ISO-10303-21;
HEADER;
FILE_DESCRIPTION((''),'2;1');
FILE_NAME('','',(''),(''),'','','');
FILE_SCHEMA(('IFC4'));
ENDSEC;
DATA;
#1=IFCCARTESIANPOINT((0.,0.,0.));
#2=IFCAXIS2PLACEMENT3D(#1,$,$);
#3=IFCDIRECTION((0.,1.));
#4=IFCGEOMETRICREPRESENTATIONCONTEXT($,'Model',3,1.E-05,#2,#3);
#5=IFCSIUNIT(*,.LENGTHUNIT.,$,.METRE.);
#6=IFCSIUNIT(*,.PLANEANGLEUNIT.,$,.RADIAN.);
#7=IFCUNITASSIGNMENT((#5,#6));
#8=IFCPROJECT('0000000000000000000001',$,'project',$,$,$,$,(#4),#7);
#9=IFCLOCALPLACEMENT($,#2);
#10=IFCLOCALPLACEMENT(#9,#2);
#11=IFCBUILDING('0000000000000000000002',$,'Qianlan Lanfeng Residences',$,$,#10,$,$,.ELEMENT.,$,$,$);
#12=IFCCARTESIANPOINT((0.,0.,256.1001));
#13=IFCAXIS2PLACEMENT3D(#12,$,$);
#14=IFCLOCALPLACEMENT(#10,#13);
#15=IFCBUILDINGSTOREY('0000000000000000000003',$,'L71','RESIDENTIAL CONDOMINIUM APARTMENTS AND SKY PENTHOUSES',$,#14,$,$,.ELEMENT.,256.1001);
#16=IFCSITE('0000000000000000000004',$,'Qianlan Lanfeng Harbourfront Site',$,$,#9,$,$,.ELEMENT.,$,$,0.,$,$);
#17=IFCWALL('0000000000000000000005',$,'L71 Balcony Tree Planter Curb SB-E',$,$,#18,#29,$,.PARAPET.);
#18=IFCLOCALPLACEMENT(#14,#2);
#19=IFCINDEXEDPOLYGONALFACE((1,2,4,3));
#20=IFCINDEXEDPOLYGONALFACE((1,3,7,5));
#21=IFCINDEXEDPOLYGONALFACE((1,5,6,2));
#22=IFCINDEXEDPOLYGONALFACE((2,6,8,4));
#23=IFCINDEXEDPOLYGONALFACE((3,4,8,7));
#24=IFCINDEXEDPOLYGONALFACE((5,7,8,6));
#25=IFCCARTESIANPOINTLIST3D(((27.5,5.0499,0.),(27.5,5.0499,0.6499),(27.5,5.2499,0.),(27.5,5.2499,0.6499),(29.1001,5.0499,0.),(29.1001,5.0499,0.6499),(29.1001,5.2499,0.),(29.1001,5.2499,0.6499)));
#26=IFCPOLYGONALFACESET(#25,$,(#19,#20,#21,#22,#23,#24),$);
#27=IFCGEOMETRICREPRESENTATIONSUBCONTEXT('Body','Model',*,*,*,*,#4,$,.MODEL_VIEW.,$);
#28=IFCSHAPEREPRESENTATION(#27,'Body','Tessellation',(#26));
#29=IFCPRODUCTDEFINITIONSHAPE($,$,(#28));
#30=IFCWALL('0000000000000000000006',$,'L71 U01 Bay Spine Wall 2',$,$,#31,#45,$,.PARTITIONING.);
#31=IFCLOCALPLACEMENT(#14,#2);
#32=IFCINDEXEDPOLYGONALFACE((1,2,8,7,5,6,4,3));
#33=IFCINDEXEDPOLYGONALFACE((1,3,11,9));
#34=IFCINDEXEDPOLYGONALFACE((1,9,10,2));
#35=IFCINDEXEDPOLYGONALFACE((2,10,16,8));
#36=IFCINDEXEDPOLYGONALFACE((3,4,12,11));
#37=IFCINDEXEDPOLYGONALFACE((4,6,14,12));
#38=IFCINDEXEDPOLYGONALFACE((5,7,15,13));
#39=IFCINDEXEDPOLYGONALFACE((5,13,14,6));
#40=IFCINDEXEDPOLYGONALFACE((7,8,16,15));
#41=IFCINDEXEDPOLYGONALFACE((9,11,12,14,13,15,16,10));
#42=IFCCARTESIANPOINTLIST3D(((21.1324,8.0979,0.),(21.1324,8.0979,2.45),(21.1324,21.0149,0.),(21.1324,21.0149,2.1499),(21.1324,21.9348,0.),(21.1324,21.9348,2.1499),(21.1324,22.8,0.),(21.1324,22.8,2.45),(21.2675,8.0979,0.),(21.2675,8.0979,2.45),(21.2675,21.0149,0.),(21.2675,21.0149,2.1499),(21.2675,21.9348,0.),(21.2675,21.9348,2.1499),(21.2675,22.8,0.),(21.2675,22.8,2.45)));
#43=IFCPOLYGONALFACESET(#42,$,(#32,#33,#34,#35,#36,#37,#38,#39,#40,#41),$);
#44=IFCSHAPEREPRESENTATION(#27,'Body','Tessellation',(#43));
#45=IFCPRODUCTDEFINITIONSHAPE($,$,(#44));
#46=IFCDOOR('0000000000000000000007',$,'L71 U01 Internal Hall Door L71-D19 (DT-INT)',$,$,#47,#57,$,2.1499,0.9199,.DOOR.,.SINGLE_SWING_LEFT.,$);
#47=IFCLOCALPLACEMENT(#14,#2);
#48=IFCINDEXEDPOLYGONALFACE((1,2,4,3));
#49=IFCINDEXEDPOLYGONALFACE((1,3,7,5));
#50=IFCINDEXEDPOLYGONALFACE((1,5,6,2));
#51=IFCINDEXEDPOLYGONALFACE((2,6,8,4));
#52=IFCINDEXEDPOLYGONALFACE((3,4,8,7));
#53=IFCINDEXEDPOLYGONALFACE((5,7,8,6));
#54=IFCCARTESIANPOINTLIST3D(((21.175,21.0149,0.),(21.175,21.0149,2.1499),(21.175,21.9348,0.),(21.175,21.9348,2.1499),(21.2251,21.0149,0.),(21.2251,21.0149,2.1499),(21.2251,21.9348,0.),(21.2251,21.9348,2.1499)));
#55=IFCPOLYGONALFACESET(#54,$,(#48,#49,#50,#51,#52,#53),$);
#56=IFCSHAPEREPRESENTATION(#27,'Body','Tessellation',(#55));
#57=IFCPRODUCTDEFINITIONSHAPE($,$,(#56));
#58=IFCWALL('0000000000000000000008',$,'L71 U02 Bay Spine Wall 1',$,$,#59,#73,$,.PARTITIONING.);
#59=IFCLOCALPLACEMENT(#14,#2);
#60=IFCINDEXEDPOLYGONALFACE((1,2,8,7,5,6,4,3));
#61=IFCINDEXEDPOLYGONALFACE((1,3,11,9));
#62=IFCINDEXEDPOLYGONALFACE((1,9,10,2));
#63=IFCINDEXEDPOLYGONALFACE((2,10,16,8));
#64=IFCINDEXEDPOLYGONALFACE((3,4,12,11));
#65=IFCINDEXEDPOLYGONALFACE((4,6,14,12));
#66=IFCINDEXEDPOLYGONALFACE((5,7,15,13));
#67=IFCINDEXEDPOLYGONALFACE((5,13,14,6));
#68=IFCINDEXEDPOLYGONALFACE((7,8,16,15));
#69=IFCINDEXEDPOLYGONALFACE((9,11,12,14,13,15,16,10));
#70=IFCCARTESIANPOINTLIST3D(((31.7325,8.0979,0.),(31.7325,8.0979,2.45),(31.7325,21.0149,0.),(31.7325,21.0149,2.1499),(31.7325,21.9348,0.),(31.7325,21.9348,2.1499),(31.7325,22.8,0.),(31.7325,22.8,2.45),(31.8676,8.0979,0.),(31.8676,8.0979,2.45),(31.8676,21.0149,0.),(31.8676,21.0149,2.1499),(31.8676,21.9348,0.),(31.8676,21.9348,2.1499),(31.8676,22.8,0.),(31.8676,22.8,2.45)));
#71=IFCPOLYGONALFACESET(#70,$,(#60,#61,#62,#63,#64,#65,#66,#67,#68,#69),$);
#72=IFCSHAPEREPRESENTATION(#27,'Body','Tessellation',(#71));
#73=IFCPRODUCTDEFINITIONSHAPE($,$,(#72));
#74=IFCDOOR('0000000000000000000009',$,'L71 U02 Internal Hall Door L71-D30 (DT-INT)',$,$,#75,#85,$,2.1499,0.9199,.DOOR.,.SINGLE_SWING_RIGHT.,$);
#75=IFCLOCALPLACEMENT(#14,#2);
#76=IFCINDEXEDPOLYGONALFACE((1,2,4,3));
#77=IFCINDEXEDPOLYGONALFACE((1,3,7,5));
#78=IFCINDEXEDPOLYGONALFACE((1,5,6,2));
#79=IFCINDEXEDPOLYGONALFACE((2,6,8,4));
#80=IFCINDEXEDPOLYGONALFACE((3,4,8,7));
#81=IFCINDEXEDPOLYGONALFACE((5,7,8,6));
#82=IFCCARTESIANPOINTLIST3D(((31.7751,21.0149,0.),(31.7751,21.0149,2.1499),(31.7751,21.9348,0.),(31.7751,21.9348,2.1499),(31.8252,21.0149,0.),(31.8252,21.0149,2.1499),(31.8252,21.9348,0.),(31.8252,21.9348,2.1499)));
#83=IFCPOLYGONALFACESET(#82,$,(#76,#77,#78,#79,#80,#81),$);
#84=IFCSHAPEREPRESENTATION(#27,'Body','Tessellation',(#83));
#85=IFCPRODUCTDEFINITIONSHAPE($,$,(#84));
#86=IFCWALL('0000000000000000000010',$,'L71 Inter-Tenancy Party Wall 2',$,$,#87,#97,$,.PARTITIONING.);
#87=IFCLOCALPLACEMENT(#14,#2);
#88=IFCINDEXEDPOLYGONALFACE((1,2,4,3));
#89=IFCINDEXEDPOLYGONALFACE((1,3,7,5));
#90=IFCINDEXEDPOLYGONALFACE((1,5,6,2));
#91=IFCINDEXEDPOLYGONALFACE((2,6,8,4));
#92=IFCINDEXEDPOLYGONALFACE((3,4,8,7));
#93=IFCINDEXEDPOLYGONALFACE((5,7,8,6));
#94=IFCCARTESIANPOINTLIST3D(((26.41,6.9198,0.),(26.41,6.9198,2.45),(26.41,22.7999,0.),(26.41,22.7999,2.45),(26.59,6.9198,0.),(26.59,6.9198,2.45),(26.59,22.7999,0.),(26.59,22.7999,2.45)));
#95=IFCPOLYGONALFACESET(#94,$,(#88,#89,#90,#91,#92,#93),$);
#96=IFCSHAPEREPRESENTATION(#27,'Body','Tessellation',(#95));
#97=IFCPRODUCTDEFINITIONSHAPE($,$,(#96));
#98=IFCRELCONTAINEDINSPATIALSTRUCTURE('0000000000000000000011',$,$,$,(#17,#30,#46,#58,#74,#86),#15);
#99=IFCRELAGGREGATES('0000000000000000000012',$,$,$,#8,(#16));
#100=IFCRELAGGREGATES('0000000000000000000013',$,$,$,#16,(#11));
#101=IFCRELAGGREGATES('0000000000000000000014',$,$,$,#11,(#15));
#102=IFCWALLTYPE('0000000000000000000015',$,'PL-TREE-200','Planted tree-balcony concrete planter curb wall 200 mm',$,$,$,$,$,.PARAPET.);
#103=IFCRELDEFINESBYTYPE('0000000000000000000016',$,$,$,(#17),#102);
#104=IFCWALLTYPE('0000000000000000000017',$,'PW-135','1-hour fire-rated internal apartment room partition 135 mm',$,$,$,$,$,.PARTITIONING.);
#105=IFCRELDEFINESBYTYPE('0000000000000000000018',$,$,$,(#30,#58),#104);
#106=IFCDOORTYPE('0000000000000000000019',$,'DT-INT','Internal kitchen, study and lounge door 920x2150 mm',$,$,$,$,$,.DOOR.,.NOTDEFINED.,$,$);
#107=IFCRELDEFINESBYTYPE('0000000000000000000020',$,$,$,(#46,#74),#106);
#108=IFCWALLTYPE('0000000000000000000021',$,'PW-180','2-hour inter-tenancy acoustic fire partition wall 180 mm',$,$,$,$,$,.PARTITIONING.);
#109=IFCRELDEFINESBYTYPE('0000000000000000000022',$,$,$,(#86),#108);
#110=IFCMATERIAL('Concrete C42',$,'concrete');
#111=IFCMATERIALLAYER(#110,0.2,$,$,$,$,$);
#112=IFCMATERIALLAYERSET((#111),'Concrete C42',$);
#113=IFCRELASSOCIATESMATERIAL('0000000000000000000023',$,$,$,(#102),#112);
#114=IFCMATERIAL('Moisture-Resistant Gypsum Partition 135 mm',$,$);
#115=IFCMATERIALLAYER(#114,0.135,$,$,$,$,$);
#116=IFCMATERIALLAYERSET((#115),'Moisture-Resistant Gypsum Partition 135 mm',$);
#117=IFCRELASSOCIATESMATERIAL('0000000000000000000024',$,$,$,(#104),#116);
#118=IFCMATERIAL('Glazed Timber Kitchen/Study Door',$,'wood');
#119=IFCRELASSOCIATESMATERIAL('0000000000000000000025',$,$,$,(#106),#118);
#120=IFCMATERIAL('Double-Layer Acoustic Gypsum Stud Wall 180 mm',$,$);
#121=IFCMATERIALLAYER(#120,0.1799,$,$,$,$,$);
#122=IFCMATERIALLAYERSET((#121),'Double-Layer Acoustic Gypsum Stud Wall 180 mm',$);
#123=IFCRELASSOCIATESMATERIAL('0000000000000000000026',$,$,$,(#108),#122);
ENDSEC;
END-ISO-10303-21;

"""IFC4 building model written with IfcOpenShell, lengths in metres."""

from ifc_helpers import new_model, si_unit, direction, frame, frame_2d, origin, place, context, subcontext, project, spatial, rectangle, extrude, material, layer, layer_set, type_object, element, fill, save


model = new_model("IFC4")

# Units and contexts
model_context = context("Model", 3, precision=1e-05, world=origin(), true_north=direction((0.0, 1.0)))
body_context = subcontext(model_context, "Body", "Model", "MODEL_VIEW")
ifc_project = project(units=[si_unit("LENGTHUNIT", "METRE"), si_unit("PLANEANGLEUNIT", "RADIAN")], contexts=[model_context])

# Site, building, storey
site_placement = place(None, origin())
site = spatial("IfcSite", under=ifc_project, at=site_placement, Name="Qianlan Lanfeng Harbourfront Site", CompositionType="ELEMENT", RefElevation=0.0)
building_placement = place(site_placement, origin())
building = spatial("IfcBuilding", under=site, at=building_placement, Name="Qianlan Lanfeng Residences", CompositionType="ELEMENT")
storey_placement = place(building_placement, frame((0.0, 0.0, 256.1001)))
storey = spatial("IfcBuildingStorey", under=building, at=storey_placement, Name="L71", Description="RESIDENTIAL CONDOMINIUM APARTMENTS AND SKY PENTHOUSES", CompositionType="ELEMENT", Elevation=256.1001)

# Shared definitions
ifc_material_1 = material(Name="Concrete C42", Category="concrete")

# Wall
ifc_layer_1 = layer(ifc_material_1, 0.2)
ifc_layer_set_1 = layer_set([ifc_layer_1], Name="Concrete C42")
wall_type_1 = type_object("IfcWallType", Name="PL-TREE-200", Description="Planted tree-balcony concrete planter curb wall 200 mm", PredefinedType="PARAPET", material=ifc_layer_set_1)
for number, where, z_axis, x_axis, name in (
    (1, (27.5, 5.1499, 0.0), (0.0, 0.0, 1.0), (1.0, 0.0, 0.0), "L71 Balcony Tree Planter Curb SB-E"),
):
    element("IfcWall", number, at=place(storey_placement, frame(where, z_axis=z_axis, x_axis=x_axis)), inside=storey, type_object=wall_type_1, Name=name, PredefinedType="PARAPET", context=body_context, shape_type="SweptSolid", body=[
        extrude(rectangle(XDim=1.6001, YDim=0.2, at=frame_2d((0.8, 0.0))), origin(), (0.0, 0.0, 1.0), 0.6499),
    ])

# Walls, openings, doors
ifc_material_2 = material(Name="Moisture-Resistant Gypsum Partition 135 mm")
ifc_layer_2 = layer(ifc_material_2, 0.135)
ifc_layer_set_2 = layer_set([ifc_layer_2], Name="Moisture-Resistant Gypsum Partition 135 mm")
wall_type_2 = type_object("IfcWallType", Name="PW-135", Description="1-hour fire-rated internal apartment room partition 135 mm", PredefinedType="PARTITIONING", material=ifc_layer_set_2)
wall_1_placement = place(storey_placement, frame((21.2, 8.0979, 0.0), z_axis=(0.0, 0.0, 1.0), x_axis=(0.0, 1.0, 0.0)))
wall_1 = element("IfcWall", 2, at=wall_1_placement, inside=storey, type_object=wall_type_2, Name="L71 U01 Bay Spine Wall 2", PredefinedType="PARTITIONING", context=body_context, shape_type="SweptSolid", body=[
    extrude(rectangle(XDim=14.7021, YDim=0.135, at=frame_2d((7.3511, 0.0))), origin(), (0.0, 0.0, 1.0), 2.45),
])
opening_1_placement = place(wall_1_placement, frame((12.917, 0.0, 0.0)))
opening_1 = element("IfcOpeningElement", 3, at=opening_1_placement, cuts=wall_1, PredefinedType="OPENING", context=body_context, shape_type="SweptSolid", body=[
    extrude(rectangle(XDim=0.9199, YDim=2.1499, at=frame_2d((0.46, 1.075))), frame((0.0, 0.0776, 0.0), z_axis=(0.0, -1.0, 0.0), x_axis=(1.0, 0.0, 0.0)), (0.0, 0.0, 1.0), 0.155),
])
ifc_material_3 = material(Name="Glazed Timber Kitchen/Study Door", Category="wood")
door_type_1 = type_object("IfcDoorType", Name="DT-INT", Description="Internal kitchen, study and lounge door 920x2150 mm", OperationType="NOTDEFINED", PredefinedType="DOOR", material=ifc_material_3)
door_1_placement = place(opening_1_placement, origin())
door_1 = element("IfcDoor", 4, at=door_1_placement, inside=storey, type_object=door_type_1, Name="L71 U01 Internal Hall Door L71-D19 (DT-INT)", OperationType="SINGLE_SWING_LEFT", OverallHeight=2.1499, OverallWidth=0.9199, PredefinedType="DOOR", context=body_context, shape_type="SweptSolid", body=[
    extrude(rectangle(XDim=0.9199, YDim=2.1499, at=frame_2d((0.46, 1.075))), frame((0.0, 0.0249, 0.0), z_axis=(0.0, -1.0, 0.0), x_axis=(1.0, 0.0, 0.0)), (0.0, 0.0, 1.0), 0.05),
])
fill(opening_1, door_1)
wall_2_placement = place(storey_placement, frame((31.8, 8.0979, 0.0), z_axis=(0.0, 0.0, 1.0), x_axis=(0.0, 1.0, 0.0)))
wall_2 = element("IfcWall", 5, at=wall_2_placement, inside=storey, type_object=wall_type_2, Name="L71 U02 Bay Spine Wall 1", PredefinedType="PARTITIONING", context=body_context, shape_type="SweptSolid", body=[
    extrude(rectangle(XDim=14.7021, YDim=0.135, at=frame_2d((7.3511, 0.0))), origin(), (0.0, 0.0, 1.0), 2.45),
])
opening_2_placement = place(wall_2_placement, frame((12.917, 0.0, 0.0)))
opening_2 = element("IfcOpeningElement", 6, at=opening_2_placement, cuts=wall_2, PredefinedType="OPENING", context=body_context, shape_type="SweptSolid", body=[
    extrude(rectangle(XDim=0.9199, YDim=2.1499, at=frame_2d((0.46, 1.075))), frame((0.0, 0.0776, 0.0), z_axis=(0.0, -1.0, 0.0), x_axis=(1.0, 0.0, 0.0)), (0.0, 0.0, 1.0), 0.155),
])
door_2_placement = place(opening_2_placement, origin())
door_2 = element("IfcDoor", 7, at=door_2_placement, inside=storey, type_object=door_type_1, Name="L71 U02 Internal Hall Door L71-D30 (DT-INT)", OperationType="SINGLE_SWING_RIGHT", OverallHeight=2.1499, OverallWidth=0.9199, PredefinedType="DOOR", context=body_context, shape_type="SweptSolid", body=[
    extrude(rectangle(XDim=0.9199, YDim=2.1499, at=frame_2d((0.46, 1.075))), frame((0.0, 0.0249, 0.0), z_axis=(0.0, -1.0, 0.0), x_axis=(1.0, 0.0, 0.0)), (0.0, 0.0, 1.0), 0.05),
])
fill(opening_2, door_2)

# Wall
ifc_material_4 = material(Name="Double-Layer Acoustic Gypsum Stud Wall 180 mm")
ifc_layer_3 = layer(ifc_material_4, 0.1799)
ifc_layer_set_3 = layer_set([ifc_layer_3], Name="Double-Layer Acoustic Gypsum Stud Wall 180 mm")
wall_type_3 = type_object("IfcWallType", Name="PW-180", Description="2-hour inter-tenancy acoustic fire partition wall 180 mm", PredefinedType="PARTITIONING", material=ifc_layer_set_3)
wall_3_placement = place(storey_placement, frame((26.5, 6.9199, 0.0), z_axis=(0.0, 0.0, 1.0), x_axis=(0.0, 1.0, 0.0)))
element("IfcWall", 8, at=wall_3_placement, inside=storey, type_object=wall_type_3, Name="L71 Inter-Tenancy Party Wall 2", PredefinedType="PARTITIONING", context=body_context, shape_type="SweptSolid", body=[
    extrude(rectangle(XDim=15.8801, YDim=0.1799, at=frame_2d((7.9399, 0.0))), origin(), (0.0, 0.0, 1.0), 2.45),
])

save(model, "model.ifc")
